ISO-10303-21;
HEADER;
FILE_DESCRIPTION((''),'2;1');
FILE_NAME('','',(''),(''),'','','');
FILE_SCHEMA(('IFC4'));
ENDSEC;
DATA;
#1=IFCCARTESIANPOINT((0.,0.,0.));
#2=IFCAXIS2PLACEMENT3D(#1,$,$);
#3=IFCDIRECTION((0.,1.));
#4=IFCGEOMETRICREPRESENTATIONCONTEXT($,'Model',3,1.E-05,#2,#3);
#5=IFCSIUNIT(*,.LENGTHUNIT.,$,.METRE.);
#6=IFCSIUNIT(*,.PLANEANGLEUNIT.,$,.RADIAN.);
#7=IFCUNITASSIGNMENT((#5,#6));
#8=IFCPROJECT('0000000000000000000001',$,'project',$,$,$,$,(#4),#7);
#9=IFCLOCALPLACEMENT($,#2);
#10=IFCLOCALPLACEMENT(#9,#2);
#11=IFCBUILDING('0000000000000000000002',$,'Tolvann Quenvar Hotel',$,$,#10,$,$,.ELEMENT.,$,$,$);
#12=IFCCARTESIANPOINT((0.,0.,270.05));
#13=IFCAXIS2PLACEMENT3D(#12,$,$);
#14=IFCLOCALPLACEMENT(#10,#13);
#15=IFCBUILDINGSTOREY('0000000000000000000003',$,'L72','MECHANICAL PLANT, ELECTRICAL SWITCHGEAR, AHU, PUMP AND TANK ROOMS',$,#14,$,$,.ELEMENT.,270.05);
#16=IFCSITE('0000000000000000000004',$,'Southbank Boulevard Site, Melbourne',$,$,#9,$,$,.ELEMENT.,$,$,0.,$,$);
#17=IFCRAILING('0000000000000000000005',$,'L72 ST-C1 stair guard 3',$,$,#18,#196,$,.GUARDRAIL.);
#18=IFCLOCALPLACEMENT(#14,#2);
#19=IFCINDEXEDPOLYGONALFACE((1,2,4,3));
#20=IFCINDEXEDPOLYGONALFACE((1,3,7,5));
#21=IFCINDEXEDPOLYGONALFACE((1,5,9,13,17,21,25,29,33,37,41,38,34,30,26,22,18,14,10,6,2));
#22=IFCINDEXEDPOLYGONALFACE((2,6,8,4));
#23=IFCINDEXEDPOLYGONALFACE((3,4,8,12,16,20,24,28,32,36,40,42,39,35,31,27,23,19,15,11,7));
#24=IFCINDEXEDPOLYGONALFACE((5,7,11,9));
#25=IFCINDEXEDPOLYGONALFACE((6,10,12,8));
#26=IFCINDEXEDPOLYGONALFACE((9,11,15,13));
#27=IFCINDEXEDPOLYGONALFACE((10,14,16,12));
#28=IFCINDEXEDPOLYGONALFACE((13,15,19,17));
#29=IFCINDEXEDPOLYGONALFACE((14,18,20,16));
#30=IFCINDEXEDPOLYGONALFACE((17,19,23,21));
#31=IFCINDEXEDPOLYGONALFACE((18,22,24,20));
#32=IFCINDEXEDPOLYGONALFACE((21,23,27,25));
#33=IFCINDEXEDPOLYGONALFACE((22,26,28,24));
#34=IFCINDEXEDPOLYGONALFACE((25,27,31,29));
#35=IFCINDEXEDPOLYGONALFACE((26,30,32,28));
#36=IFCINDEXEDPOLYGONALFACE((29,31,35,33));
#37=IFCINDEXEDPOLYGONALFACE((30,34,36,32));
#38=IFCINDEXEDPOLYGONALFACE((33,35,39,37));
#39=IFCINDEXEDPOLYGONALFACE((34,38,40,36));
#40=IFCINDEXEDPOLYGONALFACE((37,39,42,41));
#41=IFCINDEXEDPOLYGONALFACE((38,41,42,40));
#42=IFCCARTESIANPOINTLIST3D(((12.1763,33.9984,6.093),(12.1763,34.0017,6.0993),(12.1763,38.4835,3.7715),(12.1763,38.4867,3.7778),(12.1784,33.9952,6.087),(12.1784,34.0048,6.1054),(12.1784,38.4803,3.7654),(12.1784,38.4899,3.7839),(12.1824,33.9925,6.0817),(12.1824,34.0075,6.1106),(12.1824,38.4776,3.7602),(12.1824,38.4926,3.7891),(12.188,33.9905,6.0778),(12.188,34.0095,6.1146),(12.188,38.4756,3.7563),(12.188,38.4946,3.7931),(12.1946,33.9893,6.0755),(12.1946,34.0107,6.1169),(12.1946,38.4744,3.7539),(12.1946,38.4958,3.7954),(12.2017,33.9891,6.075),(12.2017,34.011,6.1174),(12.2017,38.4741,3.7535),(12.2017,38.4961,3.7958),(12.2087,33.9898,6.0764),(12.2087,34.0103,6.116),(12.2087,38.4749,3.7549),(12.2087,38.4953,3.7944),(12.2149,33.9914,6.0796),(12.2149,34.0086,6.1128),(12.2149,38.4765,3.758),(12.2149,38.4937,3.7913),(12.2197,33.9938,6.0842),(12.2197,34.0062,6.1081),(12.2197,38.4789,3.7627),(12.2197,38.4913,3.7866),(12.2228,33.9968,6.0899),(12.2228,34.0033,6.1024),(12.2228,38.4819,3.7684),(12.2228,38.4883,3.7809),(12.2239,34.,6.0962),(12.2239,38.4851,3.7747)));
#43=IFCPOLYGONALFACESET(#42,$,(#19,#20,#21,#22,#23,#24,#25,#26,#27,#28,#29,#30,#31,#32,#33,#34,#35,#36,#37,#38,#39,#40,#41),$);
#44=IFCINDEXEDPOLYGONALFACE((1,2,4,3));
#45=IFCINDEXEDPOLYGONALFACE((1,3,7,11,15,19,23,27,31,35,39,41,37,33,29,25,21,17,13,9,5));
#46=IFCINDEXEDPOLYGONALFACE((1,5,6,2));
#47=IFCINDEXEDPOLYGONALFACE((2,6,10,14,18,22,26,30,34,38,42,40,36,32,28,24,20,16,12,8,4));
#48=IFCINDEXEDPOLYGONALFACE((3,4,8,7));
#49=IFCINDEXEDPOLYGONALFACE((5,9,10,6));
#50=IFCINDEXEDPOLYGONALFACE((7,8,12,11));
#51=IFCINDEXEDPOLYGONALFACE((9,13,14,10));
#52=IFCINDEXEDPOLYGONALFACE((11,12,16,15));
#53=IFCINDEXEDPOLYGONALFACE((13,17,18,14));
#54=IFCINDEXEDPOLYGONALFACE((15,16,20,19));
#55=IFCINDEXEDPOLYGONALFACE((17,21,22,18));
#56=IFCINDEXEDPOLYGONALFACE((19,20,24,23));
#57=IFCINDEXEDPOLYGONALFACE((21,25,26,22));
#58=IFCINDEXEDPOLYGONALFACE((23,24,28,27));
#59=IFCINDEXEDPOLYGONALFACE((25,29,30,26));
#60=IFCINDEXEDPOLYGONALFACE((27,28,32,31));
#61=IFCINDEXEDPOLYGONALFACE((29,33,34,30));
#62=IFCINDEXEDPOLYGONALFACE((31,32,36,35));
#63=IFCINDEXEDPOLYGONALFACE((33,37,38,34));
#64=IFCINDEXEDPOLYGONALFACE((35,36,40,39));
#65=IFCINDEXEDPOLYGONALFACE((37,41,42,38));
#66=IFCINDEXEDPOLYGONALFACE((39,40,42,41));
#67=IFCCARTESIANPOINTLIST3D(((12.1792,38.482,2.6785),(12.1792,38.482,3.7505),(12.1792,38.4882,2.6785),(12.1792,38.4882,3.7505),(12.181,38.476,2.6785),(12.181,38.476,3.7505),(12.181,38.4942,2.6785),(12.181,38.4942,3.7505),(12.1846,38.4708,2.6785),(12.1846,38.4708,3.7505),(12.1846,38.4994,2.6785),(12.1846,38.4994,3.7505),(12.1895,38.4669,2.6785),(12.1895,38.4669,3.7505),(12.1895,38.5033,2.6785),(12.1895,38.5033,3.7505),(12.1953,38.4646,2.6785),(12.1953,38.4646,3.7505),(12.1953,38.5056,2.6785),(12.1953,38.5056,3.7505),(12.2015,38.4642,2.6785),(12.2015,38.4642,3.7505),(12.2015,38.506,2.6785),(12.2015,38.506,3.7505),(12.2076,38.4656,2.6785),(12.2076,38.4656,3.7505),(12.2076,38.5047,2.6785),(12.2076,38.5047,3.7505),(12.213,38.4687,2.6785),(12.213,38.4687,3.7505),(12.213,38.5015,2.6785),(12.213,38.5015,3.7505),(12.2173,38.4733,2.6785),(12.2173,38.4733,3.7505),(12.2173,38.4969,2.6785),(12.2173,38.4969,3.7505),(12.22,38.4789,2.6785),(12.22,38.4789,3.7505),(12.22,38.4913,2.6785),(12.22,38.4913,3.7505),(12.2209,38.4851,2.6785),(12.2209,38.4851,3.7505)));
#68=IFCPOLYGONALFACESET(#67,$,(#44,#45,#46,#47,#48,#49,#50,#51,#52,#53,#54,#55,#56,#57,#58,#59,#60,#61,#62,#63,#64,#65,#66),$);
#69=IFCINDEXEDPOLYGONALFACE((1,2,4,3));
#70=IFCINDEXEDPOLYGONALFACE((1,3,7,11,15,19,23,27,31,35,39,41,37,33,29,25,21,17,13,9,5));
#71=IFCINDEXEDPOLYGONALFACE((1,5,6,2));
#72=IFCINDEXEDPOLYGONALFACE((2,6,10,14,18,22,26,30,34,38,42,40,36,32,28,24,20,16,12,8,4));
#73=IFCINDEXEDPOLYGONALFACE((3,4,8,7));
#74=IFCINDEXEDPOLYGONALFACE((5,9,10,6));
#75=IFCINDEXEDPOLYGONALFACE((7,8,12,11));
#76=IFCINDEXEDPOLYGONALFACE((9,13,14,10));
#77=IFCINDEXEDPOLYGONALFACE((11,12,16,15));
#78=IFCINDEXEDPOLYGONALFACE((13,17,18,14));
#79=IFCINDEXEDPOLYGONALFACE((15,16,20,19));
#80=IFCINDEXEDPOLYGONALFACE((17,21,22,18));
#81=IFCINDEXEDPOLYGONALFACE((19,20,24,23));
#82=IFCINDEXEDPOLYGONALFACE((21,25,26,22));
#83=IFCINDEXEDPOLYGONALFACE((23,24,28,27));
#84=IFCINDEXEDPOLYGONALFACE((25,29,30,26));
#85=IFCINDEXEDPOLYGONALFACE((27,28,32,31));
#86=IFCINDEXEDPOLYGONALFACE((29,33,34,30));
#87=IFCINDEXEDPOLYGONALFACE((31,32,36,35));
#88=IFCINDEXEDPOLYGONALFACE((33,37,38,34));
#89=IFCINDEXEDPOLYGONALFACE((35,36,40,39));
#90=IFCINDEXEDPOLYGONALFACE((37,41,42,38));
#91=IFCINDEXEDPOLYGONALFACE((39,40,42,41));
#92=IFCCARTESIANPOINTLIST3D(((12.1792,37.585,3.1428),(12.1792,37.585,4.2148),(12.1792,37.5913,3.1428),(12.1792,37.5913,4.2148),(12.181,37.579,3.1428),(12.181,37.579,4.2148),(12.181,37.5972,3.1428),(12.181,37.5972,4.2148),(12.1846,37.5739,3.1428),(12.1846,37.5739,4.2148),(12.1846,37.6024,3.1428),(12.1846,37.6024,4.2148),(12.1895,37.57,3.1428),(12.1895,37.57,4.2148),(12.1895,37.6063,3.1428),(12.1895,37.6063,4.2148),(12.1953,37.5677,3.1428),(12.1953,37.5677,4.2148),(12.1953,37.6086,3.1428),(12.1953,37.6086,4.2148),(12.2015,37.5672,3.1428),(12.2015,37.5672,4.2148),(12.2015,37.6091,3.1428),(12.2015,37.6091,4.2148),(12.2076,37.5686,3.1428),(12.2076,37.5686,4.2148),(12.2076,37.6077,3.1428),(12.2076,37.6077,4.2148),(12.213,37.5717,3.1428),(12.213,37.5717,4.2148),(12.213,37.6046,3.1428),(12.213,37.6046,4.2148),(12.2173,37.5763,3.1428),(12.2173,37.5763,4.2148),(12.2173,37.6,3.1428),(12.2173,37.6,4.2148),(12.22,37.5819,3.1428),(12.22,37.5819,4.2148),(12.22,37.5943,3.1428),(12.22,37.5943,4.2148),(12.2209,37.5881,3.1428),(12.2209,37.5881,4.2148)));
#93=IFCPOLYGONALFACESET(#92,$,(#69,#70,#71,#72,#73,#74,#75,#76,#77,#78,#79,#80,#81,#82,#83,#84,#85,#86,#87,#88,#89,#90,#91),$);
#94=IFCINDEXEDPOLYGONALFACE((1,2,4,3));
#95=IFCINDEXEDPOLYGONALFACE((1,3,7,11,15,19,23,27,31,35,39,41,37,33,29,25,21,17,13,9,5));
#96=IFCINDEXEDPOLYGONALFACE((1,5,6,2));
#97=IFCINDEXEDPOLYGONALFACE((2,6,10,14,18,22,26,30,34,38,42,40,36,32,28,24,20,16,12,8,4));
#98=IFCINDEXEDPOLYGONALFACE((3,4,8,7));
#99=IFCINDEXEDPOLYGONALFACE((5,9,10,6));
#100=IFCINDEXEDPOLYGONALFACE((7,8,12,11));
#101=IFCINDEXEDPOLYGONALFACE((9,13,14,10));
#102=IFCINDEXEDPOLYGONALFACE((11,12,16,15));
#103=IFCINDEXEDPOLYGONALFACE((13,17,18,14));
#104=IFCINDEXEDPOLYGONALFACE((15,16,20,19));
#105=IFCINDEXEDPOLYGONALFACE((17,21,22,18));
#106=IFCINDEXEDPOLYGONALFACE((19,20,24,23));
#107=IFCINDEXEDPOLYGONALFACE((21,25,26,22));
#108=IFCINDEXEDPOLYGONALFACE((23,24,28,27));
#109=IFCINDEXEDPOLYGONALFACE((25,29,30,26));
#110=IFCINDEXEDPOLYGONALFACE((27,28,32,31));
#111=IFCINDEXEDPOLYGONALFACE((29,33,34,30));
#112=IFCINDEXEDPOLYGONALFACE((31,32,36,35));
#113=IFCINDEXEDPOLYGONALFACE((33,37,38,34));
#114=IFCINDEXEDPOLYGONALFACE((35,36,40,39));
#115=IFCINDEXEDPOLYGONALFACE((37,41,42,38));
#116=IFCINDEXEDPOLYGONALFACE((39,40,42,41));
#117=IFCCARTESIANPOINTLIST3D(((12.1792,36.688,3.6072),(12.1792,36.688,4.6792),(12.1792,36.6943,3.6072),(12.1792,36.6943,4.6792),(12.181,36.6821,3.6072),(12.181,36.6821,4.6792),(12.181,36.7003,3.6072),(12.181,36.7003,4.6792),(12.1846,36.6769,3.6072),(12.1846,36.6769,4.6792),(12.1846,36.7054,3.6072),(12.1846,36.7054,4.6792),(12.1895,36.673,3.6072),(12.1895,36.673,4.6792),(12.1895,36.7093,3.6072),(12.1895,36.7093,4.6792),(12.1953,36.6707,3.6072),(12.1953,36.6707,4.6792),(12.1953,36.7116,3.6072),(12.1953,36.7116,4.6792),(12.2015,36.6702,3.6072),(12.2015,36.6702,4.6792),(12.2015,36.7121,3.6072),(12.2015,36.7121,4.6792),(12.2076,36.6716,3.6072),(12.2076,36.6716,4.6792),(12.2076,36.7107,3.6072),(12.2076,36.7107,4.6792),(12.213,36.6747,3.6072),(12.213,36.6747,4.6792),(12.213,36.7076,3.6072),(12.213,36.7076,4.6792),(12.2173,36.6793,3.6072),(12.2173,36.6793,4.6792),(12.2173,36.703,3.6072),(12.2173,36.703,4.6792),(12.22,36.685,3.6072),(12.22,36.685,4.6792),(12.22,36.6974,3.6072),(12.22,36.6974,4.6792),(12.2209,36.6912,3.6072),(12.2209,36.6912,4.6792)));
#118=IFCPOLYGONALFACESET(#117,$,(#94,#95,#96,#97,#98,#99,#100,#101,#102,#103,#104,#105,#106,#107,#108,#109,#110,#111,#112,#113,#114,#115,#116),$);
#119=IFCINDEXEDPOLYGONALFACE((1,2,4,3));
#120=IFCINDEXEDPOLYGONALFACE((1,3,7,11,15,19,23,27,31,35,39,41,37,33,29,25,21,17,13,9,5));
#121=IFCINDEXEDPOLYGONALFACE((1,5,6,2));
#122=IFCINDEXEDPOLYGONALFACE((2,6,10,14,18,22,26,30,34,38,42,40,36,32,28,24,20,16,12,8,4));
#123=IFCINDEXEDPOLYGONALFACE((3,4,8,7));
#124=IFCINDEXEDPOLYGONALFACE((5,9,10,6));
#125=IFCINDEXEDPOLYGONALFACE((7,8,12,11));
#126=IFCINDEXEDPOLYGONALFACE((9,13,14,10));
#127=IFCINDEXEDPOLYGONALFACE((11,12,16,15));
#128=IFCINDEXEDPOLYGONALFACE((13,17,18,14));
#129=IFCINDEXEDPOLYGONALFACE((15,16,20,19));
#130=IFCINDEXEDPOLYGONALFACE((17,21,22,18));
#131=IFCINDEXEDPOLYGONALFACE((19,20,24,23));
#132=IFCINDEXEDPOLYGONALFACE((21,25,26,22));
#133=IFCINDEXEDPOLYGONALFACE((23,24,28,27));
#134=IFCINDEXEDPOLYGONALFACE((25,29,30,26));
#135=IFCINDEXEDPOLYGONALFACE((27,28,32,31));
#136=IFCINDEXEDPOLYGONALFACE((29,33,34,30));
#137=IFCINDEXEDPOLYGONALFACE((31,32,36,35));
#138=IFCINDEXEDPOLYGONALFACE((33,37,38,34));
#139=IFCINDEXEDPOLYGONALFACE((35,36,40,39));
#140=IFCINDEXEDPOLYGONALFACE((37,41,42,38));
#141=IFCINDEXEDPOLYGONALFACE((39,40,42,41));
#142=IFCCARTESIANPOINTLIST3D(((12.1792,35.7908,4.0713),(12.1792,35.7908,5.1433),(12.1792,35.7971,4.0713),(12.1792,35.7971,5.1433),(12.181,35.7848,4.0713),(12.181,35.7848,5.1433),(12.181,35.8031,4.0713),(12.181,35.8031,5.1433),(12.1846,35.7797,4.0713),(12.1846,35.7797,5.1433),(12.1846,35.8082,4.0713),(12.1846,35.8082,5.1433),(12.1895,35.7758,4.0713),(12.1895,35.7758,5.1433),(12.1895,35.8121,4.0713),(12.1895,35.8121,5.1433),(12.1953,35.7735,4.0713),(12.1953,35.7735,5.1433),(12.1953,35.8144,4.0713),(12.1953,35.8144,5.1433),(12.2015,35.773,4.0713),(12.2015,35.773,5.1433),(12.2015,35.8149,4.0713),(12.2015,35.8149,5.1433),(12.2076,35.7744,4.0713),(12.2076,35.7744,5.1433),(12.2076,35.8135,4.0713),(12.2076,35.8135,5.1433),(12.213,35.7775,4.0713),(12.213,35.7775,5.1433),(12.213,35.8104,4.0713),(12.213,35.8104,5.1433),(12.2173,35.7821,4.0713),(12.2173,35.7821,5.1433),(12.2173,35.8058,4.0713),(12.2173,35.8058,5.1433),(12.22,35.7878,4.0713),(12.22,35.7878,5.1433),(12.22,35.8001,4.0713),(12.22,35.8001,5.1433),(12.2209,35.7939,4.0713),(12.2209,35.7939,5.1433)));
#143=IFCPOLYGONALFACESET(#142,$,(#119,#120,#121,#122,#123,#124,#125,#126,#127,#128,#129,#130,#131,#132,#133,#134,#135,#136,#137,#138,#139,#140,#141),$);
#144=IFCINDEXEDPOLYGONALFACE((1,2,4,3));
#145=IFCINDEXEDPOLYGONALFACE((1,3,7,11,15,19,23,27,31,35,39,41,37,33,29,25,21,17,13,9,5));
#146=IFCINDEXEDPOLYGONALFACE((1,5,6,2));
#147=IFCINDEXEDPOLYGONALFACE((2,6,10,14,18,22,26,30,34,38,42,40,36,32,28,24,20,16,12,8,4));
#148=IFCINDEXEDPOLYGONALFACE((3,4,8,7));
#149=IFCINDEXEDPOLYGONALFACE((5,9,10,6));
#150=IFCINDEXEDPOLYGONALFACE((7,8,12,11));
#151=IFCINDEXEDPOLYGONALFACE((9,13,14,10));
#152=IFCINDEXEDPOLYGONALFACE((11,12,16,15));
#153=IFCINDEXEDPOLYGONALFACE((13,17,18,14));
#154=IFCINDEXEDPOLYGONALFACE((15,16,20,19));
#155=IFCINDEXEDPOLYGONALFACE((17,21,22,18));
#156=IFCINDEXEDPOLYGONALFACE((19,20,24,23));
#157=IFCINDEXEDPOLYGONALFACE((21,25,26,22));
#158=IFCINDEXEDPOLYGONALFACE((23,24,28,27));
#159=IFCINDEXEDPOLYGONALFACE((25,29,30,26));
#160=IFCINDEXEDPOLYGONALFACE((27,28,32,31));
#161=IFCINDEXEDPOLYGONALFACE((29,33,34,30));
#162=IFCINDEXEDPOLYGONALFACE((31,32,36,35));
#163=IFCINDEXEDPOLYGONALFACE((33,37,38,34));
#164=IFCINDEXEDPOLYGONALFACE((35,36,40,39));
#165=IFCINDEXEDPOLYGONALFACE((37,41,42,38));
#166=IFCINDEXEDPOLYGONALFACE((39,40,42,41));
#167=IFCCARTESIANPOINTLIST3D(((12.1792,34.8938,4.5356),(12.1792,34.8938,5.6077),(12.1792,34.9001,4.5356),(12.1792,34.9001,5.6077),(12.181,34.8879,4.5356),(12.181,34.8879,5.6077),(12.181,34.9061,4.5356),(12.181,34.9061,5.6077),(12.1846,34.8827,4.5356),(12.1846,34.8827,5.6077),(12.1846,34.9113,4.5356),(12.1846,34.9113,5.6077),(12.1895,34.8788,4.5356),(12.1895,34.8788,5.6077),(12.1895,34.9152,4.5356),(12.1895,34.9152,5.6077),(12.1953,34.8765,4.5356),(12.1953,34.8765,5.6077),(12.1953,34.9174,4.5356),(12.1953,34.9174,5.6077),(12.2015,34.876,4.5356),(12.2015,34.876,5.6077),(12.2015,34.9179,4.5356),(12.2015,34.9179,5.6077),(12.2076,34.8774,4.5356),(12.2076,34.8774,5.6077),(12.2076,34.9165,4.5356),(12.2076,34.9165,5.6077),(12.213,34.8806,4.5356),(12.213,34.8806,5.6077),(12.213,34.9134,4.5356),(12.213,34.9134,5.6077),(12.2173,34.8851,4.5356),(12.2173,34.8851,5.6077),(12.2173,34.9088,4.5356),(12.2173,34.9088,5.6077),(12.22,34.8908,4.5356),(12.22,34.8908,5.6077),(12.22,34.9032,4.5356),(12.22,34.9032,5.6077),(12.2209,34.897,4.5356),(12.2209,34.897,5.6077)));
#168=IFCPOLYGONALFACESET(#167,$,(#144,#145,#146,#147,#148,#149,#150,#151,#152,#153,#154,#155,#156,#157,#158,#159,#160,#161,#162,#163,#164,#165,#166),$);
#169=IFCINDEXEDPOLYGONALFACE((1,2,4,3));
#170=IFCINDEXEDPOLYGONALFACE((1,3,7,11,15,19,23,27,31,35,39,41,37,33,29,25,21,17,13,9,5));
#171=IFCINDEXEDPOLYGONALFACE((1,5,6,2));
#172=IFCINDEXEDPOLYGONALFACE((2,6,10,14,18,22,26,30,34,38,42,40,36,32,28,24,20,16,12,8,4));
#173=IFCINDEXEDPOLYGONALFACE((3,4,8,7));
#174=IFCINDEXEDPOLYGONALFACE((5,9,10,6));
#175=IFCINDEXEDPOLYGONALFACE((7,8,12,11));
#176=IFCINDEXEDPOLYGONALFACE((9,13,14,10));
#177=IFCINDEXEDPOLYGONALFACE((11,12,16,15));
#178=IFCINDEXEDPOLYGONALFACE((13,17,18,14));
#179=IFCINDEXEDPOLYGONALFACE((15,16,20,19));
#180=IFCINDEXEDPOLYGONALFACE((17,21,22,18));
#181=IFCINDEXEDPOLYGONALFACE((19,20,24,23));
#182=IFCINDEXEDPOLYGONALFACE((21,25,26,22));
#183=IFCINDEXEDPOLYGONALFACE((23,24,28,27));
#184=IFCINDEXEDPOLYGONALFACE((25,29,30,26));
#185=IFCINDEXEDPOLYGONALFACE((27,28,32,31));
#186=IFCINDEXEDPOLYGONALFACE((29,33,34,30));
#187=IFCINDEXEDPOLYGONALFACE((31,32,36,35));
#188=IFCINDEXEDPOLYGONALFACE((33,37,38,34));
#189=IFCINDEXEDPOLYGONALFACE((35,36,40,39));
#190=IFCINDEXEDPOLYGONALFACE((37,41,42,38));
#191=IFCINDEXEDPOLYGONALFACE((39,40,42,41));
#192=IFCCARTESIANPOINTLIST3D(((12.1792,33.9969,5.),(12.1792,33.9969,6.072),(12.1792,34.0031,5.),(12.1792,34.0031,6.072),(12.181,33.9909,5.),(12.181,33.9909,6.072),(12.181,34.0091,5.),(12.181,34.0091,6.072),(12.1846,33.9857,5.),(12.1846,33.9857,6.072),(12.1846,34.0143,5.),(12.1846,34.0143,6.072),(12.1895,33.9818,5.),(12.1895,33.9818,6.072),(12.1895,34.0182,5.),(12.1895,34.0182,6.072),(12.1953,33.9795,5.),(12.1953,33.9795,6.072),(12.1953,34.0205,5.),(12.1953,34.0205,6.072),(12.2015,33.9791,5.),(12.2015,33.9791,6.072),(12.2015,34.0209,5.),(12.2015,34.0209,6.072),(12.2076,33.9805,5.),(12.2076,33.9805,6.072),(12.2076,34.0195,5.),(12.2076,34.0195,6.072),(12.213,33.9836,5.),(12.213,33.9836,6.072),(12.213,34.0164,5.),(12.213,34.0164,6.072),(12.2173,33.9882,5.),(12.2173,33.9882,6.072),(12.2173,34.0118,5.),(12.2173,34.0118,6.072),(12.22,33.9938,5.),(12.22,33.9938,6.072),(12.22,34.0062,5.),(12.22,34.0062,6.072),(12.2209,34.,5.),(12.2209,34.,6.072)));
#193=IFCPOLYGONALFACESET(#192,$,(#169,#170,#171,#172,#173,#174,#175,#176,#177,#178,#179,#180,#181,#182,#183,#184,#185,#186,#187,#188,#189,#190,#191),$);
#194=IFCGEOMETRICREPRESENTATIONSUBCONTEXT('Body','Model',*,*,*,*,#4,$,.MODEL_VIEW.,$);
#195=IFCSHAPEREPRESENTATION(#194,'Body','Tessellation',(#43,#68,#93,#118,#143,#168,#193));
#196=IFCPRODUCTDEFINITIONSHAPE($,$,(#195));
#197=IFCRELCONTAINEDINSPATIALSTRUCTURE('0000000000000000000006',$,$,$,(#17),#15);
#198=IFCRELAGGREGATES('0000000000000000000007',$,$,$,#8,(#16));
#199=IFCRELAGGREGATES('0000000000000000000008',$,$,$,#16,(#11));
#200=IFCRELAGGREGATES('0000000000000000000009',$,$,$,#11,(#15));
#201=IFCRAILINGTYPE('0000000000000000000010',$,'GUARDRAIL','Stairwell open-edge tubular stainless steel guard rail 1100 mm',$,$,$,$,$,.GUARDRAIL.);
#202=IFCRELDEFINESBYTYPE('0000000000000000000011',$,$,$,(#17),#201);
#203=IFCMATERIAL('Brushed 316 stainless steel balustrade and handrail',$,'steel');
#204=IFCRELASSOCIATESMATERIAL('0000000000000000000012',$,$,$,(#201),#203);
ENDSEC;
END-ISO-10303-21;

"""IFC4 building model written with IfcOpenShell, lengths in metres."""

from ifc_helpers import new_model, si_unit, direction, frame, origin, origin_2d, place, context, subcontext, project, spatial, circle, extrude, material, type_object, element, save


model = new_model("IFC4")

# Units and contexts
model_context = context("Model", 3, precision=1e-05, world=origin(), true_north=direction((0.0, 1.0)))
body_context = subcontext(model_context, "Body", "Model", "MODEL_VIEW")
ifc_project = project(units=[si_unit("LENGTHUNIT", "METRE"), si_unit("PLANEANGLEUNIT", "RADIAN")], contexts=[model_context])

# Site, building, storey
site_placement = place(None, origin())
site = spatial("IfcSite", under=ifc_project, at=site_placement, Name="Southbank Boulevard Site, Melbourne", CompositionType="ELEMENT", RefElevation=0.0)
building_placement = place(site_placement, origin())
building = spatial("IfcBuilding", under=site, at=building_placement, Name="Tolvann Quenvar Hotel", CompositionType="ELEMENT")
storey_placement = place(building_placement, frame((0.0, 0.0, 270.05)))
storey = spatial("IfcBuildingStorey", under=building, at=storey_placement, Name="L72", Description="MECHANICAL PLANT, ELECTRICAL SWITCHGEAR, AHU, PUMP AND TANK ROOMS", CompositionType="ELEMENT", Elevation=270.05)

# Railing
ifc_material_1 = material(Name="Brushed 316 stainless steel balustrade and handrail", Category="steel")
railing_type_1 = type_object("IfcRailingType", Name="GUARDRAIL", Description="Stairwell open-edge tubular stainless steel guard rail 1100 mm", PredefinedType="GUARDRAIL", material=ifc_material_1)
railing_1_placement = place(storey_placement, frame((12.2, 38.4851, 2.6785)))
element("IfcRailing", 1, at=railing_1_placement, inside=storey, type_object=railing_type_1, Name="L72 ST-C1 stair guard 3", PredefinedType="GUARDRAIL", context=body_context, shape_type="SweptSolid", body=[
    extrude(circle(Radius=0.0239, at=origin_2d()), frame((0.0, 0.0, 1.0962), z_axis=(0.0, -0.888084, 0.459681), x_axis=(1.0, 0.0, 0.0)), (0.0, 0.0, 1.0), 5.0503),
    extrude(circle(Radius=0.021, at=origin_2d()), origin(), (0.0, 0.0, 1.0), 1.072),
    extrude(circle(Radius=0.021, at=origin_2d()), frame((0.0, -0.897, 0.4644)), (0.0, 0.0, 1.0), 1.072),
    extrude(circle(Radius=0.021, at=origin_2d()), frame((0.0, -1.7939, 0.9287)), (0.0, 0.0, 1.0), 1.072),
    extrude(circle(Radius=0.021, at=origin_2d()), frame((0.0, -2.6912, 1.3928)), (0.0, 0.0, 1.0), 1.072),
    extrude(circle(Radius=0.021, at=origin_2d()), frame((0.0, -3.5881, 1.8572)), (0.0, 0.0, 1.0), 1.072),
    extrude(circle(Radius=0.021, at=origin_2d()), frame((0.0, -4.4851, 2.3215)), (0.0, 0.0, 1.0), 1.072),
])

save(model, "model.ifc")
